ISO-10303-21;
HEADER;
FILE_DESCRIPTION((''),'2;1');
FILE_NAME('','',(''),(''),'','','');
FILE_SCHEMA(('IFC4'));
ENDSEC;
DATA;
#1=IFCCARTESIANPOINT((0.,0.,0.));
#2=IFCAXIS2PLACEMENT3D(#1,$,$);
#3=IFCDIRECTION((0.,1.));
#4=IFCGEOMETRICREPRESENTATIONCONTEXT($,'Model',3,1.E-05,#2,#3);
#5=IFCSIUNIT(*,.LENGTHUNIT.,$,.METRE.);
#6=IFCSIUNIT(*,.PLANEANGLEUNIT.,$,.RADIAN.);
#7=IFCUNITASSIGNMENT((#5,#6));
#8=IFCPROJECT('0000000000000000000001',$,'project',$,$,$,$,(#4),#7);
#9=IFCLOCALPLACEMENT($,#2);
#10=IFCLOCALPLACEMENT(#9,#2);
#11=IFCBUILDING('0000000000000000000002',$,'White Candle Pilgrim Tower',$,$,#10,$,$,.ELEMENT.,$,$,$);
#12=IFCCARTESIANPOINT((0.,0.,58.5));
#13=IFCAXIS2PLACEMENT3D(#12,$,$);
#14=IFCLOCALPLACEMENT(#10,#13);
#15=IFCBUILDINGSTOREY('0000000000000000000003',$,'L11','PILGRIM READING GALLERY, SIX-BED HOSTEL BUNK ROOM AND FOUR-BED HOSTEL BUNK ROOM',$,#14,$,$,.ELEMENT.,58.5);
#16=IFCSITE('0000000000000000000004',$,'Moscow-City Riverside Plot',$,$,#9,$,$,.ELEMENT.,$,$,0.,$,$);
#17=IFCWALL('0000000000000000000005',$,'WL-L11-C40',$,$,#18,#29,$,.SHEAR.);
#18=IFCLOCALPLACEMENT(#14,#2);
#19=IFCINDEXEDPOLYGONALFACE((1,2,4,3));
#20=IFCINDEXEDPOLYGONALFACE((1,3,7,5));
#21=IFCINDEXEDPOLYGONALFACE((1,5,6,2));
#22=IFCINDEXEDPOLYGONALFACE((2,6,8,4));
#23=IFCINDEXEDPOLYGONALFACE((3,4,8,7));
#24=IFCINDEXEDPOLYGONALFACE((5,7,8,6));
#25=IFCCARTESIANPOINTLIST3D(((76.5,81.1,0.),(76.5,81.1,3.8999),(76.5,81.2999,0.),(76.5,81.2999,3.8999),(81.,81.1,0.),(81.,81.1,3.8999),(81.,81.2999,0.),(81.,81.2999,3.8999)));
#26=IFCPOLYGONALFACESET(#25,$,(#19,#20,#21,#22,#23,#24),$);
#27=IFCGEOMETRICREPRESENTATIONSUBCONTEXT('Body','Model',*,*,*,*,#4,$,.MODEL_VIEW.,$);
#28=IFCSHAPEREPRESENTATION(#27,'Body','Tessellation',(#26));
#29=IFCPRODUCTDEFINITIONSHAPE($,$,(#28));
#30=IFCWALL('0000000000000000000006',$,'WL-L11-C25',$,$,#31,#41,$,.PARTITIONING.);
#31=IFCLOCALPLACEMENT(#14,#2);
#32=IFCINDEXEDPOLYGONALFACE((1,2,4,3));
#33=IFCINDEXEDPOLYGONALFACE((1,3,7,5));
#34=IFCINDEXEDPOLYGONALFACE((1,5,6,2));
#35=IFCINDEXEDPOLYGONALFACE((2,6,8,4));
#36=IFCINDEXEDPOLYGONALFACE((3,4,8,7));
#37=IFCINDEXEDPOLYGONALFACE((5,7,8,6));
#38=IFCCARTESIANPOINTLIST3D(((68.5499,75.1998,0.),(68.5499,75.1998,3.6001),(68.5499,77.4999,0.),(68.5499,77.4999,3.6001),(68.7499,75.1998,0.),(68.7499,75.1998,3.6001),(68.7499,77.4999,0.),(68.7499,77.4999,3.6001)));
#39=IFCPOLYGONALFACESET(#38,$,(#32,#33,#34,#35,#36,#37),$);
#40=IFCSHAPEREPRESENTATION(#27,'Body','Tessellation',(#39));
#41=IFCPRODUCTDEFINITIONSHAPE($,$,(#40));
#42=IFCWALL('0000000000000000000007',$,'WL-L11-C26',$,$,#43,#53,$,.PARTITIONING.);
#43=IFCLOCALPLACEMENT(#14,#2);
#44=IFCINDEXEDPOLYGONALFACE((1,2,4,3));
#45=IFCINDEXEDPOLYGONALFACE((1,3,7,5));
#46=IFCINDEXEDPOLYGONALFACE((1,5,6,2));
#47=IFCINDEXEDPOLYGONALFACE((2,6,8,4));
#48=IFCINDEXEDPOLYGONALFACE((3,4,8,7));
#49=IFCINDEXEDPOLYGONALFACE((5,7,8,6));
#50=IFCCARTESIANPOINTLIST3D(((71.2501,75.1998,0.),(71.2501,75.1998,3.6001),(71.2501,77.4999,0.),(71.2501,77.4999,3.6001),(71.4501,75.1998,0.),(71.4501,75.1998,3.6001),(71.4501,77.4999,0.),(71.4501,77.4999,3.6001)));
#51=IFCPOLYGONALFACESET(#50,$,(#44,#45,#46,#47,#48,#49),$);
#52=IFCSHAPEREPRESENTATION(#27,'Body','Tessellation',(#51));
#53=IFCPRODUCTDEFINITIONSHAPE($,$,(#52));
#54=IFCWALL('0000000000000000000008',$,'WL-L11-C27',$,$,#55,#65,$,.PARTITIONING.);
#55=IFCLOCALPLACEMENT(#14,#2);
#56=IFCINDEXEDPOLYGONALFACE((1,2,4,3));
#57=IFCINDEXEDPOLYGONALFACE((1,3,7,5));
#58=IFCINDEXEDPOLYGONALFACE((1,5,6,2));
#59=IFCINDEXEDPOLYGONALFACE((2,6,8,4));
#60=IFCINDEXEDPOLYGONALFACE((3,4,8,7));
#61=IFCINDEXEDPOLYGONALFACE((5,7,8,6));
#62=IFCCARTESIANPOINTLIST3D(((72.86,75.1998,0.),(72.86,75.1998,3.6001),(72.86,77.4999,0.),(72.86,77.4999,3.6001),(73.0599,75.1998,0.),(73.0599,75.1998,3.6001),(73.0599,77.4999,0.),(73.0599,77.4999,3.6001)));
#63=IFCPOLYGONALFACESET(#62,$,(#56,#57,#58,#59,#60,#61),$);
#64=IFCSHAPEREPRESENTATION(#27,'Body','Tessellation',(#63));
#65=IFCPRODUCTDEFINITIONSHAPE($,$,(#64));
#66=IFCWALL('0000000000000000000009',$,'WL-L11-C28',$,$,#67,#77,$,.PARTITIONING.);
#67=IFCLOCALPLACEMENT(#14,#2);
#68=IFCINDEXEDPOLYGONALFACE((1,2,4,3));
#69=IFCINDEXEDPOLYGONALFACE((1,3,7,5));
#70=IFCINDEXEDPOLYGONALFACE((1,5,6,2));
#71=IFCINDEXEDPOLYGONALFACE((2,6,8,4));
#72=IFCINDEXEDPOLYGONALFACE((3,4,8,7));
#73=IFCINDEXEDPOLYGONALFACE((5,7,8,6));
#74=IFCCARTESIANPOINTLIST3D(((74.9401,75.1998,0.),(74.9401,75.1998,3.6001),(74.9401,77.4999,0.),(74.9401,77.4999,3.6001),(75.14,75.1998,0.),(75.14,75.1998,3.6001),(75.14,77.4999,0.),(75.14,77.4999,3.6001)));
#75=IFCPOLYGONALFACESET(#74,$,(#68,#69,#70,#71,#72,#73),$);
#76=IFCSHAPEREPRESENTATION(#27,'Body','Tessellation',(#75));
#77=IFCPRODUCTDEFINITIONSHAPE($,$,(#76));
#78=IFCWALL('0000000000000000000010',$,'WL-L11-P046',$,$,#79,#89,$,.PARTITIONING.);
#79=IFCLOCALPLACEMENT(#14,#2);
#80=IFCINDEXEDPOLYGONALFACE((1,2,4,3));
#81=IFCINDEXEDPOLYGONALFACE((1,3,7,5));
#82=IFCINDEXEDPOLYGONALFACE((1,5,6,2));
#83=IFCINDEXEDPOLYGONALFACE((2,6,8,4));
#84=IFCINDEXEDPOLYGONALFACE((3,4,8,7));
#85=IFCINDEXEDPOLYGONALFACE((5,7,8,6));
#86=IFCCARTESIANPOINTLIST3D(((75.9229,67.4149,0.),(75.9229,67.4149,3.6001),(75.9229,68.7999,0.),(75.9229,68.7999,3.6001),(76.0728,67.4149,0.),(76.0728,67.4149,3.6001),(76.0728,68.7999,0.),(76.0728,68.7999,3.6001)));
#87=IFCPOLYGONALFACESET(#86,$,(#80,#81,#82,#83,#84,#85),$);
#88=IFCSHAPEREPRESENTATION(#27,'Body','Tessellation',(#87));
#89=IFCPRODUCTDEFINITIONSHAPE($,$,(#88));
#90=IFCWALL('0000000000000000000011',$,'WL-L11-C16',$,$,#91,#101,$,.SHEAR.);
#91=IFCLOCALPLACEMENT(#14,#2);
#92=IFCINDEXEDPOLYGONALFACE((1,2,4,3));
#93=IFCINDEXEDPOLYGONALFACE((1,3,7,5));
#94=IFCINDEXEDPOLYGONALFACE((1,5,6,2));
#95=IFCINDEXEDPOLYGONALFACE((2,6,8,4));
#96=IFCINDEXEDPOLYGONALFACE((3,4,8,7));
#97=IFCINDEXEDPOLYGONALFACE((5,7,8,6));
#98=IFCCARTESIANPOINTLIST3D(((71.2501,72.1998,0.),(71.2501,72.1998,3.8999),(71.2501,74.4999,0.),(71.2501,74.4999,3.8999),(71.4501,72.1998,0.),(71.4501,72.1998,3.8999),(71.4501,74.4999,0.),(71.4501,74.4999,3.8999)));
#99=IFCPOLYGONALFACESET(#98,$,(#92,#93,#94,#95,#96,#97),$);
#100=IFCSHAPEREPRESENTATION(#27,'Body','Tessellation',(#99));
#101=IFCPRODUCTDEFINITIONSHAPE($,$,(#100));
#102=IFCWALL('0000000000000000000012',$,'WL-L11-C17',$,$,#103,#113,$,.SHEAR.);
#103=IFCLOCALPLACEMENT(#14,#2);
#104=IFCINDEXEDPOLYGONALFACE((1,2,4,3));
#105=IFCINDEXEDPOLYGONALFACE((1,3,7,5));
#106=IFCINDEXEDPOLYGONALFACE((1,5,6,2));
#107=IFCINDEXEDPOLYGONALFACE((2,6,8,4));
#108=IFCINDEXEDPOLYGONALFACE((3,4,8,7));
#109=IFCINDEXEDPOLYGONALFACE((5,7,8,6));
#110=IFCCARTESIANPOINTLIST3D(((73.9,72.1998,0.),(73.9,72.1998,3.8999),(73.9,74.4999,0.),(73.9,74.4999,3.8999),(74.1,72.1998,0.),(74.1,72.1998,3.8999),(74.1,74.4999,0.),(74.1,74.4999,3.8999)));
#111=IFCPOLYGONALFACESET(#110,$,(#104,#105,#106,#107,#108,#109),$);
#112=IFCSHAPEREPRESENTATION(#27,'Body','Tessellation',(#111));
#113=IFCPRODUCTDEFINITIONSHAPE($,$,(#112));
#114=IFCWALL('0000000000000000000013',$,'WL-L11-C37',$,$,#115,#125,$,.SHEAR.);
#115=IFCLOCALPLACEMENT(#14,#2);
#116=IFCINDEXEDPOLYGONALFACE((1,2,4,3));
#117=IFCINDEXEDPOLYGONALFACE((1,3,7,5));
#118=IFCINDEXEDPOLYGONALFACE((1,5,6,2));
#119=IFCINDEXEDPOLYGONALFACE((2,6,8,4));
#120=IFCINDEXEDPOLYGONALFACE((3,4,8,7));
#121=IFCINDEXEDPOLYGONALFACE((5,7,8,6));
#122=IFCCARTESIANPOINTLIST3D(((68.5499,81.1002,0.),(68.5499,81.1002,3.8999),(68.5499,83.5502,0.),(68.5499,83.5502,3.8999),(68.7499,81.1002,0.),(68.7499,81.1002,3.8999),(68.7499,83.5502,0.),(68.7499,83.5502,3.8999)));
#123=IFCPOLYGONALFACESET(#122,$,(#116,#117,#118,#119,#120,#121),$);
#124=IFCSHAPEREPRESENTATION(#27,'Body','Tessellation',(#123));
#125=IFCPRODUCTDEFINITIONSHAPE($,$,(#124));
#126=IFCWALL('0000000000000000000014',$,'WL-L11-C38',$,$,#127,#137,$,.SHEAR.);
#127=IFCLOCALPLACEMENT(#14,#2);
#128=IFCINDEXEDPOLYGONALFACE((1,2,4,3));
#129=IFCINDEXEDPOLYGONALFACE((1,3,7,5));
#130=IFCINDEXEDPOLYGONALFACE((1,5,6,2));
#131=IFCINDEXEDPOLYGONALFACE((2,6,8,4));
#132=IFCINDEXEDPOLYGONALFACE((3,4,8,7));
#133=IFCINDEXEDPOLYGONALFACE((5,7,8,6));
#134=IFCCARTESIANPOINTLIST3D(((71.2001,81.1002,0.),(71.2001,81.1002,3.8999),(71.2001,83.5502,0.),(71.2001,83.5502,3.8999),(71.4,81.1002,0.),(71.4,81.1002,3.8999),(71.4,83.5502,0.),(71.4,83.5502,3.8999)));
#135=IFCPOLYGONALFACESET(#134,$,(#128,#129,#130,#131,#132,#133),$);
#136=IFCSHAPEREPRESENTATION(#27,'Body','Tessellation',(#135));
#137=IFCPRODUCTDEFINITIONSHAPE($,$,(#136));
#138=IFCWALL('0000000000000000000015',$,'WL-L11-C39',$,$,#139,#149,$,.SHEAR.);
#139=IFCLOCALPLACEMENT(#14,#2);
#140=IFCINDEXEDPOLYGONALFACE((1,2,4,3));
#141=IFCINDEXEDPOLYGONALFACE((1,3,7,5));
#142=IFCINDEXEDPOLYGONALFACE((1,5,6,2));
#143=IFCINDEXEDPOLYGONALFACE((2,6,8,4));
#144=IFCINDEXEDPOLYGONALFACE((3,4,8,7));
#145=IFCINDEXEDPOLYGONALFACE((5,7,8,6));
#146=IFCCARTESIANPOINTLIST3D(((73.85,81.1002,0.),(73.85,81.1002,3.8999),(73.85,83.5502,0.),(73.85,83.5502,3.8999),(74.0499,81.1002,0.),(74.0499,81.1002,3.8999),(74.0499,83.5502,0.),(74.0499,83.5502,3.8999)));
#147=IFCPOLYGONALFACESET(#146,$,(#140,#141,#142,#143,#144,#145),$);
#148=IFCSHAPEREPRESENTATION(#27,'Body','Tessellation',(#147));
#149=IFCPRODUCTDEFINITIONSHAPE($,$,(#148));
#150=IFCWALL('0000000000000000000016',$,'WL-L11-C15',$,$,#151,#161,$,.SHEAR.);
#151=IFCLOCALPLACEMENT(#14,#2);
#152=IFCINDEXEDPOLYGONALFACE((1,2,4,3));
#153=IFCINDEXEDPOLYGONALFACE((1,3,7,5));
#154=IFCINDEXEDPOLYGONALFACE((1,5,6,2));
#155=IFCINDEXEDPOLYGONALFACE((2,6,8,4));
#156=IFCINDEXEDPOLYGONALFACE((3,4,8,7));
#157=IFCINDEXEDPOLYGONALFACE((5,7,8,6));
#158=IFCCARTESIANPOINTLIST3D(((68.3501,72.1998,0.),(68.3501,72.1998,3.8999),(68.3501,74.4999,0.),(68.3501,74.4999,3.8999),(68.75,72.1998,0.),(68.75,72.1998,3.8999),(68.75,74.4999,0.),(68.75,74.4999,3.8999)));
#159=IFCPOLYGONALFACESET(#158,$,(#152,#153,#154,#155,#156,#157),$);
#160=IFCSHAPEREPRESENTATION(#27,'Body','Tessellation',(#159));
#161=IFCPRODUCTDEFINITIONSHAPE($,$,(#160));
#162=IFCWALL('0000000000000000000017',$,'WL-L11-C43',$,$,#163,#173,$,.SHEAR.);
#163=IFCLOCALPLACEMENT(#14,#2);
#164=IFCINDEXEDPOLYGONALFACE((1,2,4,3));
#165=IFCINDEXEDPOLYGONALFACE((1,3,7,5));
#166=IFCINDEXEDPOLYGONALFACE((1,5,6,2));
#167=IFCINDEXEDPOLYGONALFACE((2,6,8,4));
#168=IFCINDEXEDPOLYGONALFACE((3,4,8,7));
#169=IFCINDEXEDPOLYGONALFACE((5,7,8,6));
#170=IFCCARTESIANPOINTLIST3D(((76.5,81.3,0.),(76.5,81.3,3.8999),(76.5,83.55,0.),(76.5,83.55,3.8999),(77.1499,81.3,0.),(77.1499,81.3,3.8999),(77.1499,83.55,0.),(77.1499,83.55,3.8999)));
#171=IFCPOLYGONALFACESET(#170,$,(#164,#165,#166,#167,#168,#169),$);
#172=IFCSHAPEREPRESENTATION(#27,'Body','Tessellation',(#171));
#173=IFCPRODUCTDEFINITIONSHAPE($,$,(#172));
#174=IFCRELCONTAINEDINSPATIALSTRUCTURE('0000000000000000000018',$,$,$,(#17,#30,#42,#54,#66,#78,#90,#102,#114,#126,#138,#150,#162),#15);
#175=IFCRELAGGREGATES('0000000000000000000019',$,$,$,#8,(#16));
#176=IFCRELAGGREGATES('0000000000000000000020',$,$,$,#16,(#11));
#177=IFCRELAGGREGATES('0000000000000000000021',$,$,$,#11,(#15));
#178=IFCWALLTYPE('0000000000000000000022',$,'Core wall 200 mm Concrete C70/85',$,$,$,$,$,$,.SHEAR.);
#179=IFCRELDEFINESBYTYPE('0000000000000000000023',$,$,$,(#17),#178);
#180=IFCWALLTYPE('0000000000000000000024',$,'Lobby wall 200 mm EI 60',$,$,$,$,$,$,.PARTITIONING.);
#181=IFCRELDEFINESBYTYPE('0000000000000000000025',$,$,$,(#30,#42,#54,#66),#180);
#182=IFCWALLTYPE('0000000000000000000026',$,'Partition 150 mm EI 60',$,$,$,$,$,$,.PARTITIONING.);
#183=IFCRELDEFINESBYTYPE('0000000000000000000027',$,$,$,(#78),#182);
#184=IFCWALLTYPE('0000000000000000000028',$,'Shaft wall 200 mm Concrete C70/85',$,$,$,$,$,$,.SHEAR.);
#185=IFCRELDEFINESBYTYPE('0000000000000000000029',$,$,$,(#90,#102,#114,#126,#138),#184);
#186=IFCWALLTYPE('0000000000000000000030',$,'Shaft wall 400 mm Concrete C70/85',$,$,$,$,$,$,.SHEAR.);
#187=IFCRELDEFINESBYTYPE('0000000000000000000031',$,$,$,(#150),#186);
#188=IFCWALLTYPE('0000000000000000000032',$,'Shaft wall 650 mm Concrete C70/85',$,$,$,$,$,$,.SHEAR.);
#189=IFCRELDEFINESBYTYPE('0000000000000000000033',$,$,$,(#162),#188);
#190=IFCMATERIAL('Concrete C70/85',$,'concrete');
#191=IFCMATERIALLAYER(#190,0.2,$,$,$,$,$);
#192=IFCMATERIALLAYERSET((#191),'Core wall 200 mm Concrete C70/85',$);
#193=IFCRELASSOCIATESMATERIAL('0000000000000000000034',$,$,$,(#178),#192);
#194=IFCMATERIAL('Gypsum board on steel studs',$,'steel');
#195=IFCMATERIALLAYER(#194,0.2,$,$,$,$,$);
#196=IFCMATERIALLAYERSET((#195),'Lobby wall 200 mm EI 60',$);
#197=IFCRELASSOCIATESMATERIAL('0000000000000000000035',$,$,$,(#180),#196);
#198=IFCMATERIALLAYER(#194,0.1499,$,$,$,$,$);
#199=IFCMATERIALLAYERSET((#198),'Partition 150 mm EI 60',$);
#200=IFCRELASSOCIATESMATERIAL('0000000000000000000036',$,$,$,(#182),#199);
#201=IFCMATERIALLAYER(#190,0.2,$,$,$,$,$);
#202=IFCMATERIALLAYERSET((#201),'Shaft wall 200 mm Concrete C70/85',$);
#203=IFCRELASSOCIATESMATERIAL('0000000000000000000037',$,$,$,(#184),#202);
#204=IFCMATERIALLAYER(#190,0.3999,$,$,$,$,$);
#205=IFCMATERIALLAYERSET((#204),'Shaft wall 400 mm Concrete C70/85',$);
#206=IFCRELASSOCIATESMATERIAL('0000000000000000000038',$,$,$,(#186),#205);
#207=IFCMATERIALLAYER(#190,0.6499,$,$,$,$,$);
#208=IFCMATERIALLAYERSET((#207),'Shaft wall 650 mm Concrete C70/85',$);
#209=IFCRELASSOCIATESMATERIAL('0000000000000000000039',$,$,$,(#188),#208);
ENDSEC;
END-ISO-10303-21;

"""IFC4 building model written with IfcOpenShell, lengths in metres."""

from ifc_helpers import new_model, si_unit, direction, frame, frame_2d, origin, place, context, subcontext, project, spatial, rectangle, extrude, material, layer, layer_set, type_object, element, save


model = new_model("IFC4")

# Units and contexts
model_context = context("Model", 3, precision=1e-05, world=origin(), true_north=direction((0.0, 1.0)))
body_context = subcontext(model_context, "Body", "Model", "MODEL_VIEW")
ifc_project = project(units=[si_unit("LENGTHUNIT", "METRE"), si_unit("PLANEANGLEUNIT", "RADIAN")], contexts=[model_context])

# Site, building, storey
site_placement = place(None, origin())
site = spatial("IfcSite", under=ifc_project, at=site_placement, Name="Moscow-City Riverside Plot", CompositionType="ELEMENT", RefElevation=0.0)
building_placement = place(site_placement, origin())
building = spatial("IfcBuilding", under=site, at=building_placement, Name="White Candle Pilgrim Tower", CompositionType="ELEMENT")
storey_placement = place(building_placement, frame((0.0, 0.0, 58.5)))
storey = spatial("IfcBuildingStorey", under=building, at=storey_placement, Name="L11", Description="PILGRIM READING GALLERY, SIX-BED HOSTEL BUNK ROOM AND FOUR-BED HOSTEL BUNK ROOM", CompositionType="ELEMENT", Elevation=58.5)

# Walls
ifc_material_1 = material(Name="Concrete C70/85", Category="concrete")
ifc_layer_1 = layer(ifc_material_1, 0.2)
ifc_layer_set_1 = layer_set([ifc_layer_1], Name="Core wall 200 mm Concrete C70/85")
wall_type_1 = type_object("IfcWallType", Name="Core wall 200 mm Concrete C70/85", PredefinedType="SHEAR", material=ifc_layer_set_1)
wall_1_placement = place(storey_placement, frame((76.5, 81.2, 0.0), z_axis=(0.0, 0.0, 1.0), x_axis=(1.0, 0.0, 0.0)))
element("IfcWall", 1, at=wall_1_placement, inside=storey, type_object=wall_type_1, Name="WL-L11-C40", PredefinedType="SHEAR", context=body_context, shape_type="SweptSolid", body=[
    extrude(rectangle(XDim=4.5, YDim=0.2, at=frame_2d((2.25, 0.0))), origin(), (0.0, 0.0, 1.0), 3.8999),
])
ifc_material_2 = material(Name="Gypsum board on steel studs", Category="steel")
ifc_layer_2 = layer(ifc_material_2, 0.2)
ifc_layer_set_2 = layer_set([ifc_layer_2], Name="Lobby wall 200 mm EI 60")
wall_type_2 = type_object("IfcWallType", Name="Lobby wall 200 mm EI 60", PredefinedType="PARTITIONING", material=ifc_layer_set_2)
for number, where, z_axis, x_axis, name in (
    (2, (68.6499, 75.2, 0.0), (0.0, 0.0, 1.0), (0.0, 1.0, 0.0), "WL-L11-C25"),
    (3, (71.3501, 75.2, 0.0), (0.0, 0.0, 1.0), (0.0, 1.0, 0.0), "WL-L11-C26"),
    (4, (72.96, 75.2, 0.0), (0.0, 0.0, 1.0), (0.0, 1.0, 0.0), "WL-L11-C27"),
    (5, (75.04, 75.2, 0.0), (0.0, 0.0, 1.0), (0.0, 1.0, 0.0), "WL-L11-C28"),
):
    element("IfcWall", number, at=place(storey_placement, frame(where, z_axis=z_axis, x_axis=x_axis)), inside=storey, type_object=wall_type_2, Name=name, PredefinedType="PARTITIONING", context=body_context, shape_type="SweptSolid", body=[
        extrude(rectangle(XDim=2.3, YDim=0.2, at=frame_2d((1.1499, 0.0))), origin(), (0.0, 0.0, 1.0), 3.6001),
    ])
ifc_layer_3 = layer(ifc_material_2, 0.1499)
ifc_layer_set_3 = layer_set([ifc_layer_3], Name="Partition 150 mm EI 60")
wall_type_3 = type_object("IfcWallType", Name="Partition 150 mm EI 60", PredefinedType="PARTITIONING", material=ifc_layer_set_3)
wall_2_placement = place(storey_placement, frame((75.9978, 67.415, 0.0), z_axis=(0.0, 0.0, 1.0), x_axis=(0.0, 1.0, 0.0)))
element("IfcWall", 6, at=wall_2_placement, inside=storey, type_object=wall_type_3, Name="WL-L11-P046", PredefinedType="PARTITIONING", context=body_context, shape_type="SweptSolid", body=[
    extrude(rectangle(XDim=1.385, YDim=0.1499, at=frame_2d((0.6924, 0.0))), origin(), (0.0, 0.0, 1.0), 3.6001),
])
ifc_layer_4 = layer(ifc_material_1, 0.2)
ifc_layer_set_4 = layer_set([ifc_layer_4], Name="Shaft wall 200 mm Concrete C70/85")
wall_type_4 = type_object("IfcWallType", Name="Shaft wall 200 mm Concrete C70/85", PredefinedType="SHEAR", material=ifc_layer_set_4)
for number, where, z_axis, x_axis, name in (
    (7, (71.3501, 72.2, 0.0), (0.0, 0.0, 1.0), (0.0, 1.0, 0.0), "WL-L11-C16"),
    (8, (74.0, 72.2, 0.0), (0.0, 0.0, 1.0), (0.0, 1.0, 0.0), "WL-L11-C17"),
):
    element("IfcWall", number, at=place(storey_placement, frame(where, z_axis=z_axis, x_axis=x_axis)), inside=storey, type_object=wall_type_4, Name=name, PredefinedType="SHEAR", context=body_context, shape_type="SweptSolid", body=[
        extrude(rectangle(XDim=2.3, YDim=0.2, at=frame_2d((1.1499, 0.0))), origin(), (0.0, 0.0, 1.0), 3.8999),
    ])
for number, where, z_axis, x_axis, name in (
    (9, (68.6499, 81.1001, 0.0), (0.0, 0.0, 1.0), (0.0, 1.0, 0.0), "WL-L11-C37"),
    (10, (71.3, 81.1001, 0.0), (0.0, 0.0, 1.0), (0.0, 1.0, 0.0), "WL-L11-C38"),
    (11, (73.95, 81.1001, 0.0), (0.0, 0.0, 1.0), (0.0, 1.0, 0.0), "WL-L11-C39"),
):
    element("IfcWall", number, at=place(storey_placement, frame(where, z_axis=z_axis, x_axis=x_axis)), inside=storey, type_object=wall_type_4, Name=name, PredefinedType="SHEAR", context=body_context, shape_type="SweptSolid", body=[
        extrude(rectangle(XDim=2.45, YDim=0.2, at=frame_2d((1.2251, 0.0))), origin(), (0.0, 0.0, 1.0), 3.8999),
    ])
ifc_layer_5 = layer(ifc_material_1, 0.3999)
ifc_layer_set_5 = layer_set([ifc_layer_5], Name="Shaft wall 400 mm Concrete C70/85")
wall_type_5 = type_object("IfcWallType", Name="Shaft wall 400 mm Concrete C70/85", PredefinedType="SHEAR", material=ifc_layer_set_5)
wall_3_placement = place(storey_placement, frame((68.55, 72.2, 0.0), z_axis=(0.0, 0.0, 1.0), x_axis=(0.0, 1.0, 0.0)))
element("IfcWall", 12, at=wall_3_placement, inside=storey, type_object=wall_type_5, Name="WL-L11-C15", PredefinedType="SHEAR", context=body_context, shape_type="SweptSolid", body=[
    extrude(rectangle(XDim=2.3, YDim=0.3999, at=frame_2d((1.1499, 0.0))), origin(), (0.0, 0.0, 1.0), 3.8999),
])
ifc_layer_6 = layer(ifc_material_1, 0.6499)
ifc_layer_set_6 = layer_set([ifc_layer_6], Name="Shaft wall 650 mm Concrete C70/85")
wall_type_6 = type_object("IfcWallType", Name="Shaft wall 650 mm Concrete C70/85", PredefinedType="SHEAR", material=ifc_layer_set_6)
wall_4_placement = place(storey_placement, frame((76.825, 81.3, 0.0), z_axis=(0.0, 0.0, 1.0), x_axis=(0.0, 1.0, 0.0)))
element("IfcWall", 13, at=wall_4_placement, inside=storey, type_object=wall_type_6, Name="WL-L11-C43", PredefinedType="SHEAR", context=body_context, shape_type="SweptSolid", body=[
    extrude(rectangle(XDim=2.25, YDim=0.6499, at=frame_2d((1.125, 0.0))), origin(), (0.0, 0.0, 1.0), 3.8999),
])

save(model, "model.ifc")
